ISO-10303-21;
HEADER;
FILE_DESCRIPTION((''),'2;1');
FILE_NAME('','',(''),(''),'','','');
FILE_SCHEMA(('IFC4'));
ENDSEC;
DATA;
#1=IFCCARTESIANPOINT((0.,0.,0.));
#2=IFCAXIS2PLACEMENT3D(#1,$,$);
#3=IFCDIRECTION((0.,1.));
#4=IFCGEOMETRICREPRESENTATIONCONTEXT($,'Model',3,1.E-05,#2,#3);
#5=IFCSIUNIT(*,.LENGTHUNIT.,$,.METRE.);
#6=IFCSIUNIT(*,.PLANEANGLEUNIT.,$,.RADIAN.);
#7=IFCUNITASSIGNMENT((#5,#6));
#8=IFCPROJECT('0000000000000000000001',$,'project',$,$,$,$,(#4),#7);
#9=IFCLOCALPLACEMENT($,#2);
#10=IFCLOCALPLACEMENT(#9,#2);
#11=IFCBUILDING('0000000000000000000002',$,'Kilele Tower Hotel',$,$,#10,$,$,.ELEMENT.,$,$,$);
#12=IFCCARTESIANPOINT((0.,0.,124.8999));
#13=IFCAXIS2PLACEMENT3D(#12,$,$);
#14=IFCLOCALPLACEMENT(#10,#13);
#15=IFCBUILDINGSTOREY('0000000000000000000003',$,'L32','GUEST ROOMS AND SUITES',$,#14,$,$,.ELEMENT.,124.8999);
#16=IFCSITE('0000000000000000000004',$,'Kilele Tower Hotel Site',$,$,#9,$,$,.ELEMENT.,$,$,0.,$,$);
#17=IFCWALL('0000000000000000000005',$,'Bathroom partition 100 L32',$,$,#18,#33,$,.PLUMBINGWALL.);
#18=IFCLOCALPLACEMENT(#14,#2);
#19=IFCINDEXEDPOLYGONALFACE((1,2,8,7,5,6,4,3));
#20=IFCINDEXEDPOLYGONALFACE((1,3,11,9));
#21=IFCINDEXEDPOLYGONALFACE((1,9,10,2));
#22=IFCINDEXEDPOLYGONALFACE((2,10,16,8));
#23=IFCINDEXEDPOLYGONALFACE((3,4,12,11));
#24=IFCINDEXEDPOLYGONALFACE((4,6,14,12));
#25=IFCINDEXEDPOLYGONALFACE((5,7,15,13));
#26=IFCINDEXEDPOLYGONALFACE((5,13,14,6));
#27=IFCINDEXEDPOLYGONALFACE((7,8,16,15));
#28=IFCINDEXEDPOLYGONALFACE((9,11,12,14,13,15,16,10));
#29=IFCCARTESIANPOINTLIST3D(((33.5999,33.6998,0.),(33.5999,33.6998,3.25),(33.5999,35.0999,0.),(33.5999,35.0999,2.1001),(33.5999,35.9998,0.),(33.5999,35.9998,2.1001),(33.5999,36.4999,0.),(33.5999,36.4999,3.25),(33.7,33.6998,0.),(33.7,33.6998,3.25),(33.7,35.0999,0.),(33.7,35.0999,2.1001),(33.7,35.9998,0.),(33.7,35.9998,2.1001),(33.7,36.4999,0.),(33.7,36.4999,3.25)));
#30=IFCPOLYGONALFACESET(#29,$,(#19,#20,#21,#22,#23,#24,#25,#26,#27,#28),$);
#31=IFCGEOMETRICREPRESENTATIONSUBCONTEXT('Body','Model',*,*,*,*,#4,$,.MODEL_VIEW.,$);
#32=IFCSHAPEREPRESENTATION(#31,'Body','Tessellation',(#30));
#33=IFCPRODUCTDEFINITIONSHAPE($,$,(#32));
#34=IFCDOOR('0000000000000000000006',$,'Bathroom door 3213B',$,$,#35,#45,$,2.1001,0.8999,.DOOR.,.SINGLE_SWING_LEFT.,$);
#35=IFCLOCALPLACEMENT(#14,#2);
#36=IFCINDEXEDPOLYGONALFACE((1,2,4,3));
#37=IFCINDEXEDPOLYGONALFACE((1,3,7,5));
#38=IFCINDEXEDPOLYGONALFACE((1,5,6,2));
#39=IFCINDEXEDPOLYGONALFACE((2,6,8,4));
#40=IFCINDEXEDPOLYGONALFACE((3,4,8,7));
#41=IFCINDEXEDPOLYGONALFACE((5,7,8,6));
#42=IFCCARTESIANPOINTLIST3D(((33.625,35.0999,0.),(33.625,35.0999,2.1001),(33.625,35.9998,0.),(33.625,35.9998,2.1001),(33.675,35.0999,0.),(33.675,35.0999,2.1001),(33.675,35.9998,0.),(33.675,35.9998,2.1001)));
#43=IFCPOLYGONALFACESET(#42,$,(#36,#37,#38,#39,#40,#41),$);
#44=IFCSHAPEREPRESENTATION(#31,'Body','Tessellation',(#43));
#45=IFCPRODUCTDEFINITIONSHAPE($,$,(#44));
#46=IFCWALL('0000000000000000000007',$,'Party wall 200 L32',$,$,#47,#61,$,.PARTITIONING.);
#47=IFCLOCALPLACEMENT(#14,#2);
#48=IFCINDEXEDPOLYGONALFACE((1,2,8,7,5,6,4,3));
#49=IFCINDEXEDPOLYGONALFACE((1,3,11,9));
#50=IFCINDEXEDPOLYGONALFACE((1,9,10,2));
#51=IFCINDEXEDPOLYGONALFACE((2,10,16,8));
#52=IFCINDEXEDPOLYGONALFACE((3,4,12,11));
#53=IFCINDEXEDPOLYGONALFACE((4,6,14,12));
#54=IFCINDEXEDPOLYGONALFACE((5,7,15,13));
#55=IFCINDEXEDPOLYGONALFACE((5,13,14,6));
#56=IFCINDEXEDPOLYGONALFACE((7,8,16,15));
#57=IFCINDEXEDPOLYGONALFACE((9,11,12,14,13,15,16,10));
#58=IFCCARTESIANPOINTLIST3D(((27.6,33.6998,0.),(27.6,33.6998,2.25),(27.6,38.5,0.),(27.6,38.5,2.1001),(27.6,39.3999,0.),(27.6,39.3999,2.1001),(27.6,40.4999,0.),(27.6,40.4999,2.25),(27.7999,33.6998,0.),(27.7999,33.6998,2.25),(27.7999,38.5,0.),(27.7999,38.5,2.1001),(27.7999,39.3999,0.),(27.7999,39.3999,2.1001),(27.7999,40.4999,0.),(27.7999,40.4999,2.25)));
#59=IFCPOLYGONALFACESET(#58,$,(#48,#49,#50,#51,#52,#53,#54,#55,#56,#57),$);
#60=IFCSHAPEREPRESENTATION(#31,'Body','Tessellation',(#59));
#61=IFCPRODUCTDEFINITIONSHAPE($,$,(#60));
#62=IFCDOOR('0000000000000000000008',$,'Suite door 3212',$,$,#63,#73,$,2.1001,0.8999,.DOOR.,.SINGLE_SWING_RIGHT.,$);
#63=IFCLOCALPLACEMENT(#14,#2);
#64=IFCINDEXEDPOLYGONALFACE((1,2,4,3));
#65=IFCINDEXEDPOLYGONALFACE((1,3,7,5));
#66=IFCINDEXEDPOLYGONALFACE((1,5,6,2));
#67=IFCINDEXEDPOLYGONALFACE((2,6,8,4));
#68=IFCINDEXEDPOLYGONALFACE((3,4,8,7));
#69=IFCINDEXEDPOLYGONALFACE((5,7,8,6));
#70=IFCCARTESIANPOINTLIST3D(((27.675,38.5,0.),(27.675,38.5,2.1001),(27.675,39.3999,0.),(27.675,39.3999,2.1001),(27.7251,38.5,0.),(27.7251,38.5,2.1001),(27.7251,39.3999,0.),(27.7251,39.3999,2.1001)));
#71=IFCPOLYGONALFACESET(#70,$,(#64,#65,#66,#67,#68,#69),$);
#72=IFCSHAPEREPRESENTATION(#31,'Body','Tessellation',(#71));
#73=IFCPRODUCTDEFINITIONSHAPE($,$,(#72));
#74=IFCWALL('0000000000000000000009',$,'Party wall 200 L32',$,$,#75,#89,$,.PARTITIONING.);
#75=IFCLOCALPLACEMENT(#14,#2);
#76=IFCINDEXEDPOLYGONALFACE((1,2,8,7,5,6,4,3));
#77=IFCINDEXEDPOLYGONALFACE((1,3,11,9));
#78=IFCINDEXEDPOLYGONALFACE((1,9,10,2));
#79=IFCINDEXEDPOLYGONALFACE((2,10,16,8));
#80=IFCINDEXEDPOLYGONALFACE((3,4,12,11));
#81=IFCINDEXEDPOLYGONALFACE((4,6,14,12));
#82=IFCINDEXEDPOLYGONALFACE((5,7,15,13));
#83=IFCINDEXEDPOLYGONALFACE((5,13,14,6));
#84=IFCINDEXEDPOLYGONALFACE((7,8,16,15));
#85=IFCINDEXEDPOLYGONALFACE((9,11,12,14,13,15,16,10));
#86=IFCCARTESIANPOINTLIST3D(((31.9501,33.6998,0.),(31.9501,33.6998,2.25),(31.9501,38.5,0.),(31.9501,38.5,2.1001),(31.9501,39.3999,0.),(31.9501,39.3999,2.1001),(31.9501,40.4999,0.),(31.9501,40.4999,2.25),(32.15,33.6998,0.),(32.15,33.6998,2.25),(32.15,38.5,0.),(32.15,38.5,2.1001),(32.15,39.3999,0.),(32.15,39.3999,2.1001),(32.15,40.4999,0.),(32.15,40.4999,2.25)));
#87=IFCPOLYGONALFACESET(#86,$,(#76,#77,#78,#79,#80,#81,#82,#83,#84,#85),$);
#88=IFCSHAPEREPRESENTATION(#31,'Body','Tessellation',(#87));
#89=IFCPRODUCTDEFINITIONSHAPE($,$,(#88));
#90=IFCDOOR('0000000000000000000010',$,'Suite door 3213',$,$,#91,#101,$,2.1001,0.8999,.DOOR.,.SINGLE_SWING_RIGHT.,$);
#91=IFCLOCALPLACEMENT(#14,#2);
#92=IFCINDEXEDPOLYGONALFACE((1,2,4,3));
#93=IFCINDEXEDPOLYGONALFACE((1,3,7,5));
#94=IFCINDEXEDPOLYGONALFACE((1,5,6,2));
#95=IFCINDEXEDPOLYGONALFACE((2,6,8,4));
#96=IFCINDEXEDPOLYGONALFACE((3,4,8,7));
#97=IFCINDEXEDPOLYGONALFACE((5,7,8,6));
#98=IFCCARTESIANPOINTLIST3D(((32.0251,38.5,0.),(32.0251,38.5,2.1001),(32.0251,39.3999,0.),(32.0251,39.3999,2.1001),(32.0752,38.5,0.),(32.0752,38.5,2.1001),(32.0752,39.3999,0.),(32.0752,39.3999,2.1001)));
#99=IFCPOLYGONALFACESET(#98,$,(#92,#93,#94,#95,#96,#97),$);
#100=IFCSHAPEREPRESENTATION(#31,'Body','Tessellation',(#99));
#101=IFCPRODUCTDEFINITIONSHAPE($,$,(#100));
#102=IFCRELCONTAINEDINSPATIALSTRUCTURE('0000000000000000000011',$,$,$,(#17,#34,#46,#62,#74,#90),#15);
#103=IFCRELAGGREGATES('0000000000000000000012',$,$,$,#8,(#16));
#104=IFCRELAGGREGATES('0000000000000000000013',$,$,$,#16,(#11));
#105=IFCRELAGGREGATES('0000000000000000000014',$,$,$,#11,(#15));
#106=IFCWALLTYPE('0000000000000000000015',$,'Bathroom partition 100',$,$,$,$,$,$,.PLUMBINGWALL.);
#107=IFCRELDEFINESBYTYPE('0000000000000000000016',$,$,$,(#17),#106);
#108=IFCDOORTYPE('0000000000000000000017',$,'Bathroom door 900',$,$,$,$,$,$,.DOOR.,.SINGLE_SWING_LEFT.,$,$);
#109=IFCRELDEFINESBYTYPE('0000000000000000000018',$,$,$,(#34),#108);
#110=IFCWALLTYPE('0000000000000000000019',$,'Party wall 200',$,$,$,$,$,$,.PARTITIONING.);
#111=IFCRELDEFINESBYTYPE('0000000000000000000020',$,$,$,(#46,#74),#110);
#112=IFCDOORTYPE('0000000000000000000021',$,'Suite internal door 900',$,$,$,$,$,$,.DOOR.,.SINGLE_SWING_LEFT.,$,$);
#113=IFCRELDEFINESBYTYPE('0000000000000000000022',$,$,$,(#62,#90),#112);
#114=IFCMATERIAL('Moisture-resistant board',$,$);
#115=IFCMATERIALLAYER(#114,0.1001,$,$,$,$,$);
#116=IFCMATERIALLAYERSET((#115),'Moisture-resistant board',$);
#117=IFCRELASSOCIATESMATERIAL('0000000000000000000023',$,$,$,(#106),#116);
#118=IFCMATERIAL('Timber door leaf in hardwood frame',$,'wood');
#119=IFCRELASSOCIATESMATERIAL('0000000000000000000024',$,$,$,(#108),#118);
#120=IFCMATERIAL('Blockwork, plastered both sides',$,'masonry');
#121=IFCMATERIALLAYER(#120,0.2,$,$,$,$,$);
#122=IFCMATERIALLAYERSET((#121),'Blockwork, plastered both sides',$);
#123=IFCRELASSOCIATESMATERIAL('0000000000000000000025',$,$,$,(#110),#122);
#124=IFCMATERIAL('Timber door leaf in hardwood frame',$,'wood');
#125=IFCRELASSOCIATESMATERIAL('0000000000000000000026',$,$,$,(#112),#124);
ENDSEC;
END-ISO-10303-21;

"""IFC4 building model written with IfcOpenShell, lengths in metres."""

from ifc_helpers import new_model, si_unit, direction, frame, frame_2d, origin, place, context, subcontext, project, spatial, rectangle, extrude, material, layer, layer_set, type_object, element, fill, save


model = new_model("IFC4")

# Units and contexts
model_context = context("Model", 3, precision=1e-05, world=origin(), true_north=direction((0.0, 1.0)))
body_context = subcontext(model_context, "Body", "Model", "MODEL_VIEW")
ifc_project = project(units=[si_unit("LENGTHUNIT", "METRE"), si_unit("PLANEANGLEUNIT", "RADIAN")], contexts=[model_context])

# Site, building, storey
site_placement = place(None, origin())
site = spatial("IfcSite", under=ifc_project, at=site_placement, Name="Kilele Tower Hotel Site", CompositionType="ELEMENT", RefElevation=0.0)
building_placement = place(site_placement, origin())
building = spatial("IfcBuilding", under=site, at=building_placement, Name="Kilele Tower Hotel", CompositionType="ELEMENT")
storey_placement = place(building_placement, frame((0.0, 0.0, 124.8999)))
storey = spatial("IfcBuildingStorey", under=building, at=storey_placement, Name="L32", Description="GUEST ROOMS AND SUITES", CompositionType="ELEMENT", Elevation=124.8999)

# Shared definitions
ifc_material_1 = material(Name="Moisture-resistant board")
ifc_layer_1 = layer(ifc_material_1, 0.1001)
ifc_layer_set_1 = layer_set([ifc_layer_1], Name="Moisture-resistant board")
wall_type_1 = type_object("IfcWallType", Name="Bathroom partition 100", PredefinedType="PLUMBINGWALL", material=ifc_layer_set_1)

# Shared definitions
ifc_material_2 = material(Name="Timber door leaf in hardwood frame", Category="wood")
door_type_1 = type_object("IfcDoorType", Name="Bathroom door 900", OperationType="SINGLE_SWING_LEFT", PredefinedType="DOOR", material=ifc_material_2)

# Walls, openings, doors
wall_1_placement = place(storey_placement, frame((33.6499, 33.7, 0.0), z_axis=(0.0, 0.0, 1.0), x_axis=(0.0, 1.0, 0.0)))
wall_1 = element("IfcWall", 1, at=wall_1_placement, inside=storey, type_object=wall_type_1, Name="Bathroom partition 100 L32", PredefinedType="PLUMBINGWALL", context=body_context, shape_type="SweptSolid", body=[
    extrude(rectangle(XDim=2.8, YDim=0.1001, at=frame_2d((1.3999, 0.0))), origin(), (0.0, 0.0, 1.0), 3.25),
])
opening_1_placement = place(wall_1_placement, frame((1.3999, 0.0, 0.0)))
opening_1 = element("IfcOpeningElement", 2, at=opening_1_placement, cuts=wall_1, PredefinedType="OPENING", context=body_context, shape_type="SweptSolid", body=[
    extrude(rectangle(XDim=0.8999, YDim=2.1001, at=frame_2d((0.45, 1.05))), frame((0.0, 0.0601, 0.0), z_axis=(0.0, -1.0, 0.0), x_axis=(1.0, 0.0, 0.0)), (0.0, 0.0, 1.0), 0.1201),
])
door_1_placement = place(opening_1_placement, origin())
door_1 = element("IfcDoor", 3, at=door_1_placement, inside=storey, type_object=door_type_1, Name="Bathroom door 3213B", OperationType="SINGLE_SWING_LEFT", OverallHeight=2.1001, OverallWidth=0.8999, PredefinedType="DOOR", context=body_context, shape_type="SweptSolid", body=[
    extrude(rectangle(XDim=0.8999, YDim=2.1001, at=frame_2d((0.45, 1.05))), frame((0.0, 0.0249, 0.0), z_axis=(0.0, -1.0, 0.0), x_axis=(1.0, 0.0, 0.0)), (0.0, 0.0, 1.0), 0.05),
])
fill(opening_1, door_1)
ifc_material_3 = material(Name="Blockwork, plastered both sides", Category="masonry")
ifc_layer_2 = layer(ifc_material_3, 0.2)
ifc_layer_set_2 = layer_set([ifc_layer_2], Name="Blockwork, plastered both sides")
wall_type_2 = type_object("IfcWallType", Name="Party wall 200", PredefinedType="PARTITIONING", material=ifc_layer_set_2)
wall_2_placement = place(storey_placement, frame((27.7, 33.7, 0.0), z_axis=(0.0, 0.0, 1.0), x_axis=(0.0, 1.0, 0.0)))
wall_2 = element("IfcWall", 4, at=wall_2_placement, inside=storey, type_object=wall_type_2, Name="Party wall 200 L32", PredefinedType="PARTITIONING", context=body_context, shape_type="SweptSolid", body=[
    extrude(rectangle(XDim=6.8, YDim=0.2, at=frame_2d((3.3999, 0.0))), origin(), (0.0, 0.0, 1.0), 2.25),
])
opening_2_placement = place(wall_2_placement, frame((4.8, 0.0, 0.0)))
opening_2 = element("IfcOpeningElement", 5, at=opening_2_placement, cuts=wall_2, PredefinedType="OPENING", context=body_context, shape_type="SweptSolid", body=[
    extrude(rectangle(XDim=0.8999, YDim=2.1001, at=frame_2d((0.45, 1.05))), frame((0.0, 0.1099, 0.0), z_axis=(0.0, -1.0, 0.0), x_axis=(1.0, 0.0, 0.0)), (0.0, 0.0, 1.0), 0.22),
])
ifc_material_4 = material(Name="Timber door leaf in hardwood frame", Category="wood")
door_type_2 = type_object("IfcDoorType", Name="Suite internal door 900", OperationType="SINGLE_SWING_LEFT", PredefinedType="DOOR", material=ifc_material_4)
door_2_placement = place(opening_2_placement, origin())
door_2 = element("IfcDoor", 6, at=door_2_placement, inside=storey, type_object=door_type_2, Name="Suite door 3212", OperationType="SINGLE_SWING_RIGHT", OverallHeight=2.1001, OverallWidth=0.8999, PredefinedType="DOOR", context=body_context, shape_type="SweptSolid", body=[
    extrude(rectangle(XDim=0.8999, YDim=2.1001, at=frame_2d((0.45, 1.05))), frame((0.0, 0.0249, 0.0), z_axis=(0.0, -1.0, 0.0), x_axis=(1.0, 0.0, 0.0)), (0.0, 0.0, 1.0), 0.05),
])
fill(opening_2, door_2)
wall_3_placement = place(storey_placement, frame((32.05, 33.7, 0.0), z_axis=(0.0, 0.0, 1.0), x_axis=(0.0, 1.0, 0.0)))
wall_3 = element("IfcWall", 7, at=wall_3_placement, inside=storey, type_object=wall_type_2, Name="Party wall 200 L32", PredefinedType="PARTITIONING", context=body_context, shape_type="SweptSolid", body=[
    extrude(rectangle(XDim=6.8, YDim=0.2, at=frame_2d((3.3999, 0.0))), origin(), (0.0, 0.0, 1.0), 2.25),
])
opening_3_placement = place(wall_3_placement, frame((4.8, 0.0, 0.0)))
opening_3 = element("IfcOpeningElement", 8, at=opening_3_placement, cuts=wall_3, PredefinedType="OPENING", context=body_context, shape_type="SweptSolid", body=[
    extrude(rectangle(XDim=0.8999, YDim=2.1001, at=frame_2d((0.45, 1.05))), frame((0.0, 0.1099, 0.0), z_axis=(0.0, -1.0, 0.0), x_axis=(1.0, 0.0, 0.0)), (0.0, 0.0, 1.0), 0.22),
])
door_3_placement = place(opening_3_placement, origin())
door_3 = element("IfcDoor", 9, at=door_3_placement, inside=storey, type_object=door_type_2, Name="Suite door 3213", OperationType="SINGLE_SWING_RIGHT", OverallHeight=2.1001, OverallWidth=0.8999, PredefinedType="DOOR", context=body_context, shape_type="SweptSolid", body=[
    extrude(rectangle(XDim=0.8999, YDim=2.1001, at=frame_2d((0.45, 1.05))), frame((0.0, 0.0249, 0.0), z_axis=(0.0, -1.0, 0.0), x_axis=(1.0, 0.0, 0.0)), (0.0, 0.0, 1.0), 0.05),
])
fill(opening_3, door_3)

save(model, "model.ifc")
